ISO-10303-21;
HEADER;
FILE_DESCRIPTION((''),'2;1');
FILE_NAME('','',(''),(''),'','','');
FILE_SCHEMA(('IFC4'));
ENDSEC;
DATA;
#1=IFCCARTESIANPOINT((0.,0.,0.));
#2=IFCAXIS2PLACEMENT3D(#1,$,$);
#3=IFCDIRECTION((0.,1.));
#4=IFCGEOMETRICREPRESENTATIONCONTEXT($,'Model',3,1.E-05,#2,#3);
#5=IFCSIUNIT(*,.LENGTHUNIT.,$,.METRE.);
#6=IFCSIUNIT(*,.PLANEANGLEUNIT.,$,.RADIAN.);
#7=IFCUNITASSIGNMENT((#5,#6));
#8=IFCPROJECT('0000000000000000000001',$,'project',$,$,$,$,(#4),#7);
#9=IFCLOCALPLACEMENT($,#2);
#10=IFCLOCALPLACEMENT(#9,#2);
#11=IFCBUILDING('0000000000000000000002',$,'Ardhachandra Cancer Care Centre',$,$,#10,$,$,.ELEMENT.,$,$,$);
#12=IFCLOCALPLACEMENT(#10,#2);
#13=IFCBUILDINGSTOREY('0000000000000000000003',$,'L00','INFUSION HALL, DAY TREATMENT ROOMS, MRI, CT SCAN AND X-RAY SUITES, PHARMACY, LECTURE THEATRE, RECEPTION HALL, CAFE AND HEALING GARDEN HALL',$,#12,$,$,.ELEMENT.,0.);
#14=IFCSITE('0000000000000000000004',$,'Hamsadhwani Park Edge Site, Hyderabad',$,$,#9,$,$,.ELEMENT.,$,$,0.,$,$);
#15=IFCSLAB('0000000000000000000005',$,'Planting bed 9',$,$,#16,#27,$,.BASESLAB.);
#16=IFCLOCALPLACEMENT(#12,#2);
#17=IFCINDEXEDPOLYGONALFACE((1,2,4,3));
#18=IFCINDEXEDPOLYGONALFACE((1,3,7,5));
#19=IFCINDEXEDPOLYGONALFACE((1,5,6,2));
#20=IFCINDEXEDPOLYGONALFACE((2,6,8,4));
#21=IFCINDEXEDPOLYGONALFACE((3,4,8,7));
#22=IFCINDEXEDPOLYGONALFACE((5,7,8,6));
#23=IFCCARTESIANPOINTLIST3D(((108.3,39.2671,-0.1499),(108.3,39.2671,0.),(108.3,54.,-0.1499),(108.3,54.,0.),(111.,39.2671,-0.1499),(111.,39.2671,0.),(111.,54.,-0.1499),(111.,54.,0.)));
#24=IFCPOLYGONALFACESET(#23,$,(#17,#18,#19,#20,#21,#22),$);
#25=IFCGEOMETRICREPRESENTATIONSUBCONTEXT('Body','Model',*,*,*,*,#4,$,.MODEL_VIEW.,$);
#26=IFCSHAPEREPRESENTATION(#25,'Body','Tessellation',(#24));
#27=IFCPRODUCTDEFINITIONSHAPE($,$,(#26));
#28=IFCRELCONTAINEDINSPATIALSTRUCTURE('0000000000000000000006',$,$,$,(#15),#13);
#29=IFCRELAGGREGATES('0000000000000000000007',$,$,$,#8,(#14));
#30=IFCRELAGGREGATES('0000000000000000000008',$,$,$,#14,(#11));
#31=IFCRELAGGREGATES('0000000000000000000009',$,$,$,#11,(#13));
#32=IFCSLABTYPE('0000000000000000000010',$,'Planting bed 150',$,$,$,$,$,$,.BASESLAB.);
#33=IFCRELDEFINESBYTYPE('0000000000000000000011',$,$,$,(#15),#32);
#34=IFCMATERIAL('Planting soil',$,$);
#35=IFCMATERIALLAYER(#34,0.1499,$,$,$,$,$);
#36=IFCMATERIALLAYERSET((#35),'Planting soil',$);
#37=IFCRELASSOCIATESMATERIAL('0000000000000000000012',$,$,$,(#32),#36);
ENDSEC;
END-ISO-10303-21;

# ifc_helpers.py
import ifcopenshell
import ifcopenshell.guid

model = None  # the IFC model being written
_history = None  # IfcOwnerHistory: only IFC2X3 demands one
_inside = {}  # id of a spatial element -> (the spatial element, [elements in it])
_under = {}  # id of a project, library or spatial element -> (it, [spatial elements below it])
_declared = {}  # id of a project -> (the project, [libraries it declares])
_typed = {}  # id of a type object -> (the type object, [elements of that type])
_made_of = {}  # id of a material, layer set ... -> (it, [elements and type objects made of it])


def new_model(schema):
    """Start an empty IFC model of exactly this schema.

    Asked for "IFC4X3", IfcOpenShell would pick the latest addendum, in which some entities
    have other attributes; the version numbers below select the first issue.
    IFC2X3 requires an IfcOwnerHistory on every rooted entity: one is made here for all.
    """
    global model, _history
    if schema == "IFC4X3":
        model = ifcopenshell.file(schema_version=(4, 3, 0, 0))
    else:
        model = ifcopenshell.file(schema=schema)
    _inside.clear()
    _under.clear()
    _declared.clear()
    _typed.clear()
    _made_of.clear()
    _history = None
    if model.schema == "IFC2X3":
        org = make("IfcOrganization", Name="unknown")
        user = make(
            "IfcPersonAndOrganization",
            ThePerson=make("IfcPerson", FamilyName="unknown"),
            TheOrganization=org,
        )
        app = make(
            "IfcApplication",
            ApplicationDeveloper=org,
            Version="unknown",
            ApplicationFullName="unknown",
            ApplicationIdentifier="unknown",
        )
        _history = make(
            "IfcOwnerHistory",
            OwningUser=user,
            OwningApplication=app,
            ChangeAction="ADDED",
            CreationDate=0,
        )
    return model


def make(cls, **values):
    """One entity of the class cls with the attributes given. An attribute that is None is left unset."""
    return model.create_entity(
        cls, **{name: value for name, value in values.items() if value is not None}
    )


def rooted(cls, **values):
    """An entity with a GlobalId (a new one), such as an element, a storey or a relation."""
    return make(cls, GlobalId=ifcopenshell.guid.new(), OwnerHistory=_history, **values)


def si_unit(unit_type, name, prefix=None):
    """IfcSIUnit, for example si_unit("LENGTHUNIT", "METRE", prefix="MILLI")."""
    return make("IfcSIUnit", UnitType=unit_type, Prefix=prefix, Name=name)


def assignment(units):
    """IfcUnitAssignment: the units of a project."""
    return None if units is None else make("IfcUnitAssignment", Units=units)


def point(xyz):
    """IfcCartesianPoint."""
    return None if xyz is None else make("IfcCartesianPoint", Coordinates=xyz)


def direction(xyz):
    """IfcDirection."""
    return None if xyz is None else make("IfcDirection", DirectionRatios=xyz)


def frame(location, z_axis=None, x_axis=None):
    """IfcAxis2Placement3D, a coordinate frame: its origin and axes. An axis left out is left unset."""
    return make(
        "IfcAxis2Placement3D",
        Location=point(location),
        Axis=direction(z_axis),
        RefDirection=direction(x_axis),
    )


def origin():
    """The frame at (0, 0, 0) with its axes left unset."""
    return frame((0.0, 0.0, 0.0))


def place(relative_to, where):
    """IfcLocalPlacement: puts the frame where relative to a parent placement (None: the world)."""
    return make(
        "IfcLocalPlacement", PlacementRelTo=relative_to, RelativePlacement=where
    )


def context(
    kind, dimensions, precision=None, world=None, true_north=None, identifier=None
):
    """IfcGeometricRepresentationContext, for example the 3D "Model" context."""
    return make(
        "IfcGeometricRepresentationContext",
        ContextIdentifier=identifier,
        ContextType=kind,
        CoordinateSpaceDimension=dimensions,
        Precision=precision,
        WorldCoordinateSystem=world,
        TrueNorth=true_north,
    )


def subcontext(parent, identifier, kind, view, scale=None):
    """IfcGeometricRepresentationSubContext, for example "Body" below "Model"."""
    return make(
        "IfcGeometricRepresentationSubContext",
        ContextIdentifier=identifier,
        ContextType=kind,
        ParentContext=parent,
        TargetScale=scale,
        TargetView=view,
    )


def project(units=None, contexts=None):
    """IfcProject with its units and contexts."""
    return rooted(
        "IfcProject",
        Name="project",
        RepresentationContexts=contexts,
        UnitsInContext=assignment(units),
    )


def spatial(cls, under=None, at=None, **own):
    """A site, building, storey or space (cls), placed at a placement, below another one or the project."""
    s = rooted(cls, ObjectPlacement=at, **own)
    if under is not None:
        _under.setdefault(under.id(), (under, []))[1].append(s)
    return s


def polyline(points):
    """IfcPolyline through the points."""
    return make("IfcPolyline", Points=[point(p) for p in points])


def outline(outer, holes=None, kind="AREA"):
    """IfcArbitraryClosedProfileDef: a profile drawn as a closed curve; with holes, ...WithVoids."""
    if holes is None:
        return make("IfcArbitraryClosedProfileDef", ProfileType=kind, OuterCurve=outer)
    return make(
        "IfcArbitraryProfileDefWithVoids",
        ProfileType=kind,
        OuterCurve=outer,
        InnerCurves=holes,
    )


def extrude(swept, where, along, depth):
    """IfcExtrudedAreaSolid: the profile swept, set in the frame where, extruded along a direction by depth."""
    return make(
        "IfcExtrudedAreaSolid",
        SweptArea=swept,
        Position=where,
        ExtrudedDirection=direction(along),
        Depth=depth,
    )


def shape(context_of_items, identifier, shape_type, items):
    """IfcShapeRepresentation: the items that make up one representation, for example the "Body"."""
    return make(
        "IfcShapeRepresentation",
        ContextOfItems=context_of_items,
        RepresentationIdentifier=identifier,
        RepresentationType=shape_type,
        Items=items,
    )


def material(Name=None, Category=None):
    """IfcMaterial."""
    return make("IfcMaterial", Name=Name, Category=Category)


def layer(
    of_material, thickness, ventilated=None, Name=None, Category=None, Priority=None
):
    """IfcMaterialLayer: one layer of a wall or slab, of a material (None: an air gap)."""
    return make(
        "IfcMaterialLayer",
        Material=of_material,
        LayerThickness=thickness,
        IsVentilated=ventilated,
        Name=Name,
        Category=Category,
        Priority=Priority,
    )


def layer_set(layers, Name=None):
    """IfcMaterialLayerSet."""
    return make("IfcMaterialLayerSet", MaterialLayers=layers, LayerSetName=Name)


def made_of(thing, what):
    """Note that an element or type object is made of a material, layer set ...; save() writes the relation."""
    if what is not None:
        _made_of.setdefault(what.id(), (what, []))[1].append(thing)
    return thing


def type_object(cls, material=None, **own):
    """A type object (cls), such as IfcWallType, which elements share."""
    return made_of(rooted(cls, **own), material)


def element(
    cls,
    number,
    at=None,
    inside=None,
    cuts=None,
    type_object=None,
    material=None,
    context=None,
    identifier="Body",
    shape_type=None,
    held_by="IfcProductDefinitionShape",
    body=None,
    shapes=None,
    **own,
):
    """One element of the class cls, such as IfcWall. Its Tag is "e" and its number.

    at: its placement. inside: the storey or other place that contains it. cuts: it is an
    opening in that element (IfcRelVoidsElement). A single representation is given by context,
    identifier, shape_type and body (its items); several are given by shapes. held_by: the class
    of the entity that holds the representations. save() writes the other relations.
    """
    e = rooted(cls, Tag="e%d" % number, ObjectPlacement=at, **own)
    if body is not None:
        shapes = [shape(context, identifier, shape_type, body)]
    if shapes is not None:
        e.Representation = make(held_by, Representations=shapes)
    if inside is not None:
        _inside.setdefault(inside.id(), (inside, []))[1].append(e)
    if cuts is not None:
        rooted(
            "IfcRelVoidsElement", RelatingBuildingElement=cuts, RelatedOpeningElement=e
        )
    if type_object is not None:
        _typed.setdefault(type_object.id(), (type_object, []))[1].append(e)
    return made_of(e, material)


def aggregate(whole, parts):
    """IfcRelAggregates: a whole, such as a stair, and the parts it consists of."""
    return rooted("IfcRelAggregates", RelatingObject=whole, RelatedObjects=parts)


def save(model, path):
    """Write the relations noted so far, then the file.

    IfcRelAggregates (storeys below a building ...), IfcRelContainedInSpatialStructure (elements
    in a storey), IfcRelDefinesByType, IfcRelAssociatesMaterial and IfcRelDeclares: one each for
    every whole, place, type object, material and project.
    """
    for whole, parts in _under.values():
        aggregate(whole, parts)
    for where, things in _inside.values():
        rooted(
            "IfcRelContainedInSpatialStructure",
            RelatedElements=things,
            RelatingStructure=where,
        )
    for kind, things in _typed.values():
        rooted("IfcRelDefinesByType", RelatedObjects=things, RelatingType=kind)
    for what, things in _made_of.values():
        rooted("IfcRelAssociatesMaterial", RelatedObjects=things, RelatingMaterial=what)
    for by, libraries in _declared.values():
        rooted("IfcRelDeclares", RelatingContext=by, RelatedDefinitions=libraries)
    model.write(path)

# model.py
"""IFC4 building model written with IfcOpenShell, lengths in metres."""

from ifc_helpers import new_model, si_unit, direction, frame, origin, place, context, subcontext, project, spatial, polyline, outline, extrude, material, layer, layer_set, type_object, element, save


model = new_model("IFC4")

# Units and contexts
model_context = context("Model", 3, precision=1e-05, world=origin(), true_north=direction((0.0, 1.0)))
body_context = subcontext(model_context, "Body", "Model", "MODEL_VIEW")
ifc_project = project(units=[si_unit("LENGTHUNIT", "METRE"), si_unit("PLANEANGLEUNIT", "RADIAN")], contexts=[model_context])

# Site, building, storey
site_placement = place(None, origin())
site = spatial("IfcSite", under=ifc_project, at=site_placement, Name="Hamsadhwani Park Edge Site, Hyderabad", CompositionType="ELEMENT", RefElevation=0.0)
building_placement = place(site_placement, origin())
building = spatial("IfcBuilding", under=site, at=building_placement, Name="Ardhachandra Cancer Care Centre", CompositionType="ELEMENT")
storey_placement = place(building_placement, origin())
storey = spatial("IfcBuildingStorey", under=building, at=storey_placement, Name="L00", Description="INFUSION HALL, DAY TREATMENT ROOMS, MRI, CT SCAN AND X-RAY SUITES, PHARMACY, LECTURE THEATRE, RECEPTION HALL, CAFE AND HEALING GARDEN HALL", CompositionType="ELEMENT", Elevation=0.0)

# Slab
ifc_material_1 = material(Name="Planting soil")
ifc_layer_1 = layer(ifc_material_1, 0.1499)
ifc_layer_set_1 = layer_set([ifc_layer_1], Name="Planting soil")
slab_type_1 = type_object("IfcSlabType", Name="Planting bed 150", PredefinedType="BASESLAB", material=ifc_layer_set_1)
slab_1_placement = place(storey_placement, frame((0.0, 0.0, -0.1499)))
element("IfcSlab", 1, at=slab_1_placement, inside=storey, type_object=slab_type_1, Name="Planting bed 9", PredefinedType="BASESLAB", context=body_context, shape_type="SweptSolid", body=[
    extrude(outline(polyline([(108.3, 54.0), (108.3, 39.2671), (111.0, 39.2671), (111.0, 54.0), (108.3, 54.0)])), origin(), (0.0, 0.0, 1.0), 0.1499),
])

save(model, "model.ifc")
